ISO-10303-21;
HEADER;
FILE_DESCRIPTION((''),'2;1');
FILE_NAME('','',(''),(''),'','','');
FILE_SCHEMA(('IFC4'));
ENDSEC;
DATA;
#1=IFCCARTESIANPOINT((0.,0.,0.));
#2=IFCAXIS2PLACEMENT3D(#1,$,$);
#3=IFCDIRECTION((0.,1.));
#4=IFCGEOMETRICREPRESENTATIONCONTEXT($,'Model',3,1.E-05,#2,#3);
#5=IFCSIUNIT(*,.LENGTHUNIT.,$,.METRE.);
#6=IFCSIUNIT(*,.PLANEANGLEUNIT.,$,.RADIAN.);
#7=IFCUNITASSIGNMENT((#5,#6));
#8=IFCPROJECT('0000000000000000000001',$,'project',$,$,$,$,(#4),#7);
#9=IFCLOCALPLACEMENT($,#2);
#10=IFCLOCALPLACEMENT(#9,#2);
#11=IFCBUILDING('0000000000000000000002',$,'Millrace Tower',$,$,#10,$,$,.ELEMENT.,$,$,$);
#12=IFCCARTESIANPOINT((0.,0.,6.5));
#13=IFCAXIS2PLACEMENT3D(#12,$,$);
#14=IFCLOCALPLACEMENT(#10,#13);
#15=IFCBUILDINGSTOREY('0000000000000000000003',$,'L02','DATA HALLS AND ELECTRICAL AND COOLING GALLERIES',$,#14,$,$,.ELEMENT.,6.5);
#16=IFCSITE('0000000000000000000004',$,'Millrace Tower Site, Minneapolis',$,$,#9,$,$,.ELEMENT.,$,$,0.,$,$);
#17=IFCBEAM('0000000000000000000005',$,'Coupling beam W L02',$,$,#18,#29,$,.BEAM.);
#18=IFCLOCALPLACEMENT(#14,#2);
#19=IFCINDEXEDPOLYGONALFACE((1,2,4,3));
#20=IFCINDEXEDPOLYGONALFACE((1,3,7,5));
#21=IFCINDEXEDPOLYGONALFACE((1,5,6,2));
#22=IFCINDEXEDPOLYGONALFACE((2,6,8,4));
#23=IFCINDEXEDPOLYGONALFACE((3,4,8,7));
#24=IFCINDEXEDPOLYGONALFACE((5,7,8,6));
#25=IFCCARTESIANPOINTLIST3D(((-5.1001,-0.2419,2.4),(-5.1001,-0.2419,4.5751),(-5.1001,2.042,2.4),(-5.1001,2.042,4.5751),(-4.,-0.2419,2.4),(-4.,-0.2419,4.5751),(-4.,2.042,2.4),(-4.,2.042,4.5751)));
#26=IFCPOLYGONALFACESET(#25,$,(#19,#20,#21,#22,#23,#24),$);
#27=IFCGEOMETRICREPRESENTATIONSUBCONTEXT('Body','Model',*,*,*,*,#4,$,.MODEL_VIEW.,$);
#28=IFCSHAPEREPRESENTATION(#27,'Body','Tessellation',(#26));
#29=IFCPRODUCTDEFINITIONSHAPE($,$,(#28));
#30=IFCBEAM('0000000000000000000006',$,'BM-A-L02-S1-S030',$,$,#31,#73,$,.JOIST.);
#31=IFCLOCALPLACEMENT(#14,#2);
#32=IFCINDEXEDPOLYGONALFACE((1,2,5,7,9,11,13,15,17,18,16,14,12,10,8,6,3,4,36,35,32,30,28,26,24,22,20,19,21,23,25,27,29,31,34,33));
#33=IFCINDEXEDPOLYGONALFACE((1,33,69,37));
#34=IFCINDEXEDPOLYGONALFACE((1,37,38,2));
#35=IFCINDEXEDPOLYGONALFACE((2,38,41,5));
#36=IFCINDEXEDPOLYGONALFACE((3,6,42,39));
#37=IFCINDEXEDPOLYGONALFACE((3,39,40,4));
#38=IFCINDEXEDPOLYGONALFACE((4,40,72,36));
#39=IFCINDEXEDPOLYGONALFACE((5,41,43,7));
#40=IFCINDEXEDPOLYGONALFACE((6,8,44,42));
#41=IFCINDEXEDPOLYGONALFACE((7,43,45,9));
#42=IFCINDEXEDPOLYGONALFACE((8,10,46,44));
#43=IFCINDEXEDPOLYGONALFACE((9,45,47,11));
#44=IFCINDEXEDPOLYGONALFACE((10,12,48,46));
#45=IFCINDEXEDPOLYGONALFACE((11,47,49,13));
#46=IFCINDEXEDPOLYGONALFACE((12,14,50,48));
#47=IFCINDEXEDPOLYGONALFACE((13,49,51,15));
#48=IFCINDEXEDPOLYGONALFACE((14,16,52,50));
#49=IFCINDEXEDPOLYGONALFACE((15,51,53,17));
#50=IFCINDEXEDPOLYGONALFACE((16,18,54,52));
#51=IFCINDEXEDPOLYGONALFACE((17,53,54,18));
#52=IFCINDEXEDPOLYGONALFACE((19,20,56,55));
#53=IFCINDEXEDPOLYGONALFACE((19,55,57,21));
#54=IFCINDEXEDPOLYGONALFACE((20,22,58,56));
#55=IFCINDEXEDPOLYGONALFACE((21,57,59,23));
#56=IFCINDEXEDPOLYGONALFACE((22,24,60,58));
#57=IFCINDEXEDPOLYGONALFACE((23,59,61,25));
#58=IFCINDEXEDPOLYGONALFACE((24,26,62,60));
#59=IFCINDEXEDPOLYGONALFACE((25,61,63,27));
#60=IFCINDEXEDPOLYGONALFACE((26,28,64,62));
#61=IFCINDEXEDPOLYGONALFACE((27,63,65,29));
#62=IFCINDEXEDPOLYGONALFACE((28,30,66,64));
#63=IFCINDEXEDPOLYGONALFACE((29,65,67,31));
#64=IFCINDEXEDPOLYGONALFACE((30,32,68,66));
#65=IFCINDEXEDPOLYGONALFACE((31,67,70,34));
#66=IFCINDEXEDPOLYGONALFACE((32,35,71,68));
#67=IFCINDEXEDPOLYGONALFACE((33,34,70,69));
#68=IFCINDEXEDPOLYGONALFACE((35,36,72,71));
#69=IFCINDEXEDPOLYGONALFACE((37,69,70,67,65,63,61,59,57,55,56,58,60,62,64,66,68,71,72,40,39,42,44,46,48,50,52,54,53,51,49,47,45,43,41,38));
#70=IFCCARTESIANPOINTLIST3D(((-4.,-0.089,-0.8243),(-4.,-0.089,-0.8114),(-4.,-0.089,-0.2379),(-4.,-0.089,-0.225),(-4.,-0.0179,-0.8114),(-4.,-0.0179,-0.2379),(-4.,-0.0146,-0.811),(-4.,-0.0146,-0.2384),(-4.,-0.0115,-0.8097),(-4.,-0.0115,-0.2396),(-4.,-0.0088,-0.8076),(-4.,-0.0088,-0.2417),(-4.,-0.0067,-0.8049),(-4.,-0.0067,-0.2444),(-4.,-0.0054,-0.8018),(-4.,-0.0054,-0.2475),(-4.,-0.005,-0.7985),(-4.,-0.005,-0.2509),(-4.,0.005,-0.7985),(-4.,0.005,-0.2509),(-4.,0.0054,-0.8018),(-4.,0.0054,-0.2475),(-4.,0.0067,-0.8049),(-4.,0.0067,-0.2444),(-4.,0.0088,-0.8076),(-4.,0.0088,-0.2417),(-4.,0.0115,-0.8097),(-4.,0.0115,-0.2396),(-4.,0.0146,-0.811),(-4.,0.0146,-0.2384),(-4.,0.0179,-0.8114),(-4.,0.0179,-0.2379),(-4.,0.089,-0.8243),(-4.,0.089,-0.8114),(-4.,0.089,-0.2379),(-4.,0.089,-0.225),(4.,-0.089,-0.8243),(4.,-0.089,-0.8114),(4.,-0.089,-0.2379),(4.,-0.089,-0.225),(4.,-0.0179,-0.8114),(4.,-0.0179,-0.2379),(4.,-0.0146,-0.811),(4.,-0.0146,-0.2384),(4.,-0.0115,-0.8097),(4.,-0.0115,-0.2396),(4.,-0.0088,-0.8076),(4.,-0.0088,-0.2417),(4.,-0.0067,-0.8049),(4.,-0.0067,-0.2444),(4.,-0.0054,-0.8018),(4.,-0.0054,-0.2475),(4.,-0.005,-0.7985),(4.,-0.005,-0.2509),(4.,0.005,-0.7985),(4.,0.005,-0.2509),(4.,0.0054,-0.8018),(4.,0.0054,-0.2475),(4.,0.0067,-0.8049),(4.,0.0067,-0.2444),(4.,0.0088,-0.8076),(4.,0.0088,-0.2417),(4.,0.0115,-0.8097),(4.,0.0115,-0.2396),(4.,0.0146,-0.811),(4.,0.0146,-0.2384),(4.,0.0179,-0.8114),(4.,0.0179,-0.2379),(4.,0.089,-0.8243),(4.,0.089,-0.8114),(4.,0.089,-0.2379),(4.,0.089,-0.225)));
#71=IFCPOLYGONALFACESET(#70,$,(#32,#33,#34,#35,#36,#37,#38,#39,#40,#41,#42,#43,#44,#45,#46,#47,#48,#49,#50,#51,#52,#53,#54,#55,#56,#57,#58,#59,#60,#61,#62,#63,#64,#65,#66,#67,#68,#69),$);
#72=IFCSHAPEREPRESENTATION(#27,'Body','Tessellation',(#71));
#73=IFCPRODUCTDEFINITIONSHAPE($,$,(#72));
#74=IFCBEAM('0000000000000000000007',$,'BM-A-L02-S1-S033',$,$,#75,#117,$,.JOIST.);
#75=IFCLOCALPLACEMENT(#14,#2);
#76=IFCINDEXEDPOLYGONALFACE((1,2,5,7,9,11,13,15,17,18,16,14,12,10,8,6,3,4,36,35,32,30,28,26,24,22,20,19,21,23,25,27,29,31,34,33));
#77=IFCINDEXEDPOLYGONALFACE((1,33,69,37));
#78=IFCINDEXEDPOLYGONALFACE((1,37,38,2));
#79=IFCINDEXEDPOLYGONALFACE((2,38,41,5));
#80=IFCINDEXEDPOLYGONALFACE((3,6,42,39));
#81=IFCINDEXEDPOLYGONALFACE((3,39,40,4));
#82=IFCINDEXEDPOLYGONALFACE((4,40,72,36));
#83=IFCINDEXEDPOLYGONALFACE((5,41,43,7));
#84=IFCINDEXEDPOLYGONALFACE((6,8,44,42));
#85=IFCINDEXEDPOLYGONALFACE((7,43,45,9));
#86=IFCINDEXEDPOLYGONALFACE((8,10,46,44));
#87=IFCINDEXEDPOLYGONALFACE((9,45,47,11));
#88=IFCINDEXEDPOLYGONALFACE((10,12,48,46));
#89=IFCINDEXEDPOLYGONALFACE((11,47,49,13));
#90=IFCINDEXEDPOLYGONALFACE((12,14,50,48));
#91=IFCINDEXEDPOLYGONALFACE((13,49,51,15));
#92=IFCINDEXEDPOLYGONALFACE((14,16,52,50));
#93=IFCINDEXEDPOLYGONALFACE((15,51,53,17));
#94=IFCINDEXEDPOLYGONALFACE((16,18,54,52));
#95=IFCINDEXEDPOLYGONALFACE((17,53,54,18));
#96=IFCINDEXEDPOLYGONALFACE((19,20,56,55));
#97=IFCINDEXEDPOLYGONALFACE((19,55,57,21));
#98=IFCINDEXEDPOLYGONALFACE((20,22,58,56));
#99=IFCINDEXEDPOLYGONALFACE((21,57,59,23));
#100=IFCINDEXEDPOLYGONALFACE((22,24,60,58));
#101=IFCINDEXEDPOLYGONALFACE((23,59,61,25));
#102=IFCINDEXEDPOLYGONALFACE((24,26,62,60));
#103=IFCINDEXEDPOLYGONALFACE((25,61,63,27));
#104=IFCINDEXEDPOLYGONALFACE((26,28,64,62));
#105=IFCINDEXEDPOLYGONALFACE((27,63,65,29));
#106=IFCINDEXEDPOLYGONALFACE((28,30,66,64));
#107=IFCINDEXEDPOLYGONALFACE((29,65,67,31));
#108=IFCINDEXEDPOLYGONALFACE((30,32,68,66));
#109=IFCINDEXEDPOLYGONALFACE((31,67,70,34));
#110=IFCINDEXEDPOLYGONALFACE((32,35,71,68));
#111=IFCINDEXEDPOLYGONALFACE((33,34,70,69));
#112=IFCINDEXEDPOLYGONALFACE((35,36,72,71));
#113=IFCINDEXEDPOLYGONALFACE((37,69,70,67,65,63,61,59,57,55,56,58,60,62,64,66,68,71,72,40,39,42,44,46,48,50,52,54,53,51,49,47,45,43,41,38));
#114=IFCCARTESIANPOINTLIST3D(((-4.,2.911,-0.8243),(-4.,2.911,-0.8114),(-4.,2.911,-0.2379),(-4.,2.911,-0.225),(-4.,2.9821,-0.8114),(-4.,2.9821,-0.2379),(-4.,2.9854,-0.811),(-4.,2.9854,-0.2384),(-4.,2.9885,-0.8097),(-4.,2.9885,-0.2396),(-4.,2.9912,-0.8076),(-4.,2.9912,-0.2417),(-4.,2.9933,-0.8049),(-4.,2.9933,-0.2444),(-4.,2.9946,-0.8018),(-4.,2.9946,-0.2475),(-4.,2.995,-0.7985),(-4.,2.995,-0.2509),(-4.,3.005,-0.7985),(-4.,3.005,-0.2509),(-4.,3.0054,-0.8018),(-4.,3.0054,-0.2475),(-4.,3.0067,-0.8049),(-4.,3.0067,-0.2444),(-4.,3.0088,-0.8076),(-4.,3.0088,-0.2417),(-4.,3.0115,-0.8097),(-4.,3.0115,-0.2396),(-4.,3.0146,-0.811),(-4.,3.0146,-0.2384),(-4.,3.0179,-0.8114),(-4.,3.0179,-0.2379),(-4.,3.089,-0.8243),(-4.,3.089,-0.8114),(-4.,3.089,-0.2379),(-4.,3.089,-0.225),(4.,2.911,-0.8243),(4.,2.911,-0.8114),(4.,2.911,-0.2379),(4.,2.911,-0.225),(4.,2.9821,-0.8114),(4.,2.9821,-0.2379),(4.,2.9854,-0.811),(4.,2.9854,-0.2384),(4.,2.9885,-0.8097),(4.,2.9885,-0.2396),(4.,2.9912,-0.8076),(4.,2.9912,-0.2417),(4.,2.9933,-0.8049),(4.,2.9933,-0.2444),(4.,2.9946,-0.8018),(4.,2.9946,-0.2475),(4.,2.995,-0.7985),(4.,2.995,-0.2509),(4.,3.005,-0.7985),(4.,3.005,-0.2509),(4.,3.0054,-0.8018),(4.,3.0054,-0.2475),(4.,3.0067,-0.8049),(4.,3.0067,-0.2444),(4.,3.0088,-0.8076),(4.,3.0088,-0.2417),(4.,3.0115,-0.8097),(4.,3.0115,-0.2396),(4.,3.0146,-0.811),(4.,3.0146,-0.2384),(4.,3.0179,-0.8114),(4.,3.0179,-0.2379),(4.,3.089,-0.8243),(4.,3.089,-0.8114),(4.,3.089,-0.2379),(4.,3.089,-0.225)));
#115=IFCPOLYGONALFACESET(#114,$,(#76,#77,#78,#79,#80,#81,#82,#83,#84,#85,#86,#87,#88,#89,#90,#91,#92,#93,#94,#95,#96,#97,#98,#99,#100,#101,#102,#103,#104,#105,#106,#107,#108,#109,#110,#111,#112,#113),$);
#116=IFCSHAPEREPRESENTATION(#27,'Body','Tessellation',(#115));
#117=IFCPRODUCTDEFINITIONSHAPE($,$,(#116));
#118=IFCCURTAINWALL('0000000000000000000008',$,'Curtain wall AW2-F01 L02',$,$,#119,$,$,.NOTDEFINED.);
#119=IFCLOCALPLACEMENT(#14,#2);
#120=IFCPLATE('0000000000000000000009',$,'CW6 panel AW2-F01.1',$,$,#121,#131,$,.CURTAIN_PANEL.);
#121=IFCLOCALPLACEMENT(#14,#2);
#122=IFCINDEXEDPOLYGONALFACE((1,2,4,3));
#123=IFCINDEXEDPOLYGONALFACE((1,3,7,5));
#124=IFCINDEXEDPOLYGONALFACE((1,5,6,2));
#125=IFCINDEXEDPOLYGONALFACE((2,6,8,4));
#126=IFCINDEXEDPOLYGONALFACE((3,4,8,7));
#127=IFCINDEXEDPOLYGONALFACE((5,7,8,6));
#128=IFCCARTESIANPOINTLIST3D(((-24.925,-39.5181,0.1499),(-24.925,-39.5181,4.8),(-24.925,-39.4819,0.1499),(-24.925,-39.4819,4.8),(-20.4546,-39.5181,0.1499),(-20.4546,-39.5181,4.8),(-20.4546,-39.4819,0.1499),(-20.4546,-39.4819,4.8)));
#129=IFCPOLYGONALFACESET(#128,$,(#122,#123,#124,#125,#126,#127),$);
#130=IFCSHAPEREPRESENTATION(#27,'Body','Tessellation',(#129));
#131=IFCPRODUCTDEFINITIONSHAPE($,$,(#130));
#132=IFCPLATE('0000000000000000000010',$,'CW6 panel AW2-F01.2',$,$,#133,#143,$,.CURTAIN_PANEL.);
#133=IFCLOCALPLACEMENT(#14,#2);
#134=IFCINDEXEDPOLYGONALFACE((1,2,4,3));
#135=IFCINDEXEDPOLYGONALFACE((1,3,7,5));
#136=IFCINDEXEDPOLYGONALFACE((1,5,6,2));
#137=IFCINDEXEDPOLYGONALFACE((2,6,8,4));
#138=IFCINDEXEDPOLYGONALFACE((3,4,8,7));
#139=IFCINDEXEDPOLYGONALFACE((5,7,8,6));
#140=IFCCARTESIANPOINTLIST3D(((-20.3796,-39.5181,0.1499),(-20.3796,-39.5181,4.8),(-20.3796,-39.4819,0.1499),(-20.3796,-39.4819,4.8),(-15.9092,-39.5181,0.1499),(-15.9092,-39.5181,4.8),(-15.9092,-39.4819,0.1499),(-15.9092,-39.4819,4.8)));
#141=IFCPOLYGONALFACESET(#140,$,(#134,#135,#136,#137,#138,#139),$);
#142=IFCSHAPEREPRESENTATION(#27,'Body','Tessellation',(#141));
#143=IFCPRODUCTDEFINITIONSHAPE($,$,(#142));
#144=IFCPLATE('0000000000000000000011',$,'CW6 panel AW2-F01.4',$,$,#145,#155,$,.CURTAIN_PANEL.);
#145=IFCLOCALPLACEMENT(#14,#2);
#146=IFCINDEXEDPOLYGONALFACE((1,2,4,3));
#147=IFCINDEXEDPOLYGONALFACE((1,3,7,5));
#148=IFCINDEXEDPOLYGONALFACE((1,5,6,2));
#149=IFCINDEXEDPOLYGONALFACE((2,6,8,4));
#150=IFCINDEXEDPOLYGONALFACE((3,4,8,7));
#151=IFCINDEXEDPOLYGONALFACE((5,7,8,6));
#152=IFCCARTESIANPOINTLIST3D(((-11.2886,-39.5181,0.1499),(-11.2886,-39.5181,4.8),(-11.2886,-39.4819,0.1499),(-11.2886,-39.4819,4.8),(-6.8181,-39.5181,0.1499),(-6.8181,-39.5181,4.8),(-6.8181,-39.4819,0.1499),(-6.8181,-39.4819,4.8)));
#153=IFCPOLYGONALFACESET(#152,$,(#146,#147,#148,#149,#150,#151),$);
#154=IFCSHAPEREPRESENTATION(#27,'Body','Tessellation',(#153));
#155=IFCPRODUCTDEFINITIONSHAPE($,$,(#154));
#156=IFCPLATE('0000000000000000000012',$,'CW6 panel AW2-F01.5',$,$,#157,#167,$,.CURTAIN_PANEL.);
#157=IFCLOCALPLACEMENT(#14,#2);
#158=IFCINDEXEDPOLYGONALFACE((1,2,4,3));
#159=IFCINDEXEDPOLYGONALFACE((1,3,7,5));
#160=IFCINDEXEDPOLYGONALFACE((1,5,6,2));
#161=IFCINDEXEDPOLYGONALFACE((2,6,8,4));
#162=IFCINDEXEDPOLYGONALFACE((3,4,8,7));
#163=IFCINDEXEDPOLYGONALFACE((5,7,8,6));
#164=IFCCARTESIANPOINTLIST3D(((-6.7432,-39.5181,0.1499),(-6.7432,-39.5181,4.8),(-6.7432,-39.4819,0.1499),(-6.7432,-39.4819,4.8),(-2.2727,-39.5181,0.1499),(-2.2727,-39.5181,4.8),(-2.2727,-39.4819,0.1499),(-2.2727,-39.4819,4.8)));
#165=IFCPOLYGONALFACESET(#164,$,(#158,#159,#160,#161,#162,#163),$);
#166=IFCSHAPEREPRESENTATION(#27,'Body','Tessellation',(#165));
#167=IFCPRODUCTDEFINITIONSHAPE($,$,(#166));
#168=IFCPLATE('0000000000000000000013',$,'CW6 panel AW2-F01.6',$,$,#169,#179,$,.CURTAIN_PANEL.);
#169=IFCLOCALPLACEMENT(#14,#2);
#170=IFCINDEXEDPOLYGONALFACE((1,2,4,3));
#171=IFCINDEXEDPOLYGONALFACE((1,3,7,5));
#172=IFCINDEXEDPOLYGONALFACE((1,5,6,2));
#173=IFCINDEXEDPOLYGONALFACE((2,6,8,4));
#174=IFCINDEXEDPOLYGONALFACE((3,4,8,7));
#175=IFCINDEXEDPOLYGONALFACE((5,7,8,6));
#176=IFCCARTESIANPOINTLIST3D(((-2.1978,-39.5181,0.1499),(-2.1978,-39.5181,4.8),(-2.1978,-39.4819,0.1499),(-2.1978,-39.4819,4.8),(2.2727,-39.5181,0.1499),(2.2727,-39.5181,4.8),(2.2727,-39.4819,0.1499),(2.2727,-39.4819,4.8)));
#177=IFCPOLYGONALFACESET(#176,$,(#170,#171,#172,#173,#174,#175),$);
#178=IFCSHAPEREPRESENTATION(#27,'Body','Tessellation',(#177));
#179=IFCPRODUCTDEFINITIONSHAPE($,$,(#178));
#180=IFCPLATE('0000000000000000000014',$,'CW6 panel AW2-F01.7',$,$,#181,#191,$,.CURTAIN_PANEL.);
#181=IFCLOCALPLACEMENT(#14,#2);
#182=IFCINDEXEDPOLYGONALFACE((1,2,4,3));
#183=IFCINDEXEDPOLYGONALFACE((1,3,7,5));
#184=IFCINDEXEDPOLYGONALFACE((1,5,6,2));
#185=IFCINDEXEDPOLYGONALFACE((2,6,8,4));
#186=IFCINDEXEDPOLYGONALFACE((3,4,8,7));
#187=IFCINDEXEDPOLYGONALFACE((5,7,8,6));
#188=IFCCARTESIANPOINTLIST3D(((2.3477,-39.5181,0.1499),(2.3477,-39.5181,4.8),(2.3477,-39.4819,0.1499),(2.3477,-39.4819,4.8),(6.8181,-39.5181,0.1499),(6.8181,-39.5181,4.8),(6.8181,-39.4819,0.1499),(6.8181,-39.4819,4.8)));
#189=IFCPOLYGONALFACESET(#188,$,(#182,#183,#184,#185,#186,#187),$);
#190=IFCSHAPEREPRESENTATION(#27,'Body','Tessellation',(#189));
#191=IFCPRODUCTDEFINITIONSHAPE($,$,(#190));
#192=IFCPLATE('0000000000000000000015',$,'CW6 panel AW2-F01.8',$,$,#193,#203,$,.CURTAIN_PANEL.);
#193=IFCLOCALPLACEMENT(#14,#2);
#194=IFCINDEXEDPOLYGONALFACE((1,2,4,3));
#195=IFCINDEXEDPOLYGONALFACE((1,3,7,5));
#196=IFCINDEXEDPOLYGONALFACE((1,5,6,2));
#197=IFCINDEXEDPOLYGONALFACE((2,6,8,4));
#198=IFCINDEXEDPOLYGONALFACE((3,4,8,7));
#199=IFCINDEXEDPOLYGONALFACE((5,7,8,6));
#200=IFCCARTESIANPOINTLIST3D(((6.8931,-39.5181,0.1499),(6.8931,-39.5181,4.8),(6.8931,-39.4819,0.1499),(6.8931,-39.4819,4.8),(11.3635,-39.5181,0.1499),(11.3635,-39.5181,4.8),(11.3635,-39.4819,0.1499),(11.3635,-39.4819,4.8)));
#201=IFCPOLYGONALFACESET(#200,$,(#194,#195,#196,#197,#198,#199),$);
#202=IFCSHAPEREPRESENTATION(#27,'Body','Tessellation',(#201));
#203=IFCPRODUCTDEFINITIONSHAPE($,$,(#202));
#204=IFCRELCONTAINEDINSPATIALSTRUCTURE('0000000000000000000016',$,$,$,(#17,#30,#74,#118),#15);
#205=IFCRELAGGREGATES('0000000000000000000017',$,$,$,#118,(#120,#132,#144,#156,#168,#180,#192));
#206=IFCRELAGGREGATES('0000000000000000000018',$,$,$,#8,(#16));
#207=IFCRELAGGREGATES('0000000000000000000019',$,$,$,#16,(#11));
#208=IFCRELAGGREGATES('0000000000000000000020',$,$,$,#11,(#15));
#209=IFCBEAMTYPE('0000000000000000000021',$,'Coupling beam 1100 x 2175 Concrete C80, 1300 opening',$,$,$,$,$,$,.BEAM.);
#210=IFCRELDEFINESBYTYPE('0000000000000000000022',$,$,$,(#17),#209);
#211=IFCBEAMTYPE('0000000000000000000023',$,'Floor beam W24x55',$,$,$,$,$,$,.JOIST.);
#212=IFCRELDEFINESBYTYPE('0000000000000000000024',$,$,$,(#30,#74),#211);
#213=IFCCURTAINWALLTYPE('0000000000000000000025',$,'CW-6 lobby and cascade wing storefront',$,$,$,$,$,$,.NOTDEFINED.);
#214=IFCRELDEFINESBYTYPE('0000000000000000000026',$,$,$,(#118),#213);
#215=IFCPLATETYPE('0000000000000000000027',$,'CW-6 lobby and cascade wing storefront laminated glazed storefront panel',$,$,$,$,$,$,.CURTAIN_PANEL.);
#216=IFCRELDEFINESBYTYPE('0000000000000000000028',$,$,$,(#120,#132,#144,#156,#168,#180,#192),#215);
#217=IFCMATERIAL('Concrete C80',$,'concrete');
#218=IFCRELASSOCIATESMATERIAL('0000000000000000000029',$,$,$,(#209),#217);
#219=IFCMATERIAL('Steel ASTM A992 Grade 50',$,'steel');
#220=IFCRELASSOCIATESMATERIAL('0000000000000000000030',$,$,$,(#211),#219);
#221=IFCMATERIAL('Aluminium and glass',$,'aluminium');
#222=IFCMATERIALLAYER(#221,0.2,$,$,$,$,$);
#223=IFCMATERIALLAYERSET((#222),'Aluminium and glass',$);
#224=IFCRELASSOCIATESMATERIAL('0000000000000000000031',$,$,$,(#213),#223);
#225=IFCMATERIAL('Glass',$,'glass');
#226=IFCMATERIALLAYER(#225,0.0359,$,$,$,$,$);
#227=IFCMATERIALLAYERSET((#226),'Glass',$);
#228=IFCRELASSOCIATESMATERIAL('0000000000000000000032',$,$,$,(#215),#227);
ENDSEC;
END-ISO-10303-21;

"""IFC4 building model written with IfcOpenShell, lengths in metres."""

from ifc_helpers import new_model, si_unit, direction, frame, origin, origin_2d, place, context, subcontext, project, spatial, polyline, rectangle, i_section, outline, extrude, material, layer, layer_set, material_profile, profile_set, type_object, element, aggregate, save


model = new_model("IFC4")

# Units and contexts
model_context = context("Model", 3, precision=1e-05, world=origin(), true_north=direction((0.0, 1.0)))
body_context = subcontext(model_context, "Body", "Model", "MODEL_VIEW")
ifc_project = project(units=[si_unit("LENGTHUNIT", "METRE"), si_unit("PLANEANGLEUNIT", "RADIAN")], contexts=[model_context])

# Site, building, storey
site_placement = place(None, origin())
site = spatial("IfcSite", under=ifc_project, at=site_placement, Name="Millrace Tower Site, Minneapolis", CompositionType="ELEMENT", RefElevation=0.0)
building_placement = place(site_placement, origin())
building = spatial("IfcBuilding", under=site, at=building_placement, Name="Millrace Tower", CompositionType="ELEMENT")
storey_placement = place(building_placement, frame((0.0, 0.0, 6.5)))
storey = spatial("IfcBuildingStorey", under=building, at=storey_placement, Name="L02", Description="DATA HALLS AND ELECTRICAL AND COOLING GALLERIES", CompositionType="ELEMENT", Elevation=6.5)

# Beams
ifc_material_1 = material(Name="Concrete C80", Category="concrete")
ifc_material_profile_1 = material_profile(ifc_material_1, rectangle(XDim=1.1001, YDim=2.175, at=origin_2d()))
ifc_profile_set_1 = profile_set([ifc_material_profile_1], Name="Concrete C80")
beam_type_1 = type_object("IfcBeamType", Name="Coupling beam 1100 x 2175 Concrete C80, 1300 opening", PredefinedType="BEAM", material=ifc_profile_set_1)
beam_placement = place(storey_placement, frame((-4.55, -0.2419, 3.4875), z_axis=(0.0, 1.0, 0.0), x_axis=(-1.0, 0.0, 0.0)))
element("IfcBeam", 1, at=beam_placement, inside=storey, type_object=beam_type_1, Name="Coupling beam W L02", PredefinedType="BEAM", context=body_context, shape_type="SweptSolid", body=[
    extrude(rectangle(XDim=1.1001, YDim=2.175, at=origin_2d()), origin(), (0.0, 0.0, 1.0), 2.2839),
])
ifc_material_2 = material(Name="Steel ASTM A992 Grade 50", Category="steel")
ifc_material_profile_2 = material_profile(ifc_material_2, i_section(OverallWidth=0.178, OverallDepth=0.5994, WebThickness=0.01, FlangeThickness=0.0129, FilletRadius=0.0129, at=origin_2d()))
ifc_profile_set_2 = profile_set([ifc_material_profile_2], Name="Steel ASTM A992 Grade 50")
beam_type_2 = type_object("IfcBeamType", Name="Floor beam W24x55", PredefinedType="JOIST", material=ifc_profile_set_2)
for number, where, z_axis, x_axis, name in (
    (2, (-4.0, 0.0, -0.5247), (1.0, 0.0, 0.0), (0.0, 1.0, 0.0), "BM-A-L02-S1-S030"),
    (3, (-4.0, 3.0, -0.5247), (1.0, 0.0, 0.0), (0.0, 1.0, 0.0), "BM-A-L02-S1-S033"),
):
    element("IfcBeam", number, at=place(storey_placement, frame(where, z_axis=z_axis, x_axis=x_axis)), inside=storey, type_object=beam_type_2, Name=name, PredefinedType="JOIST", context=body_context, shape_type="SweptSolid", body=[
        extrude(i_section(OverallWidth=0.178, OverallDepth=0.5994, WebThickness=0.01, FlangeThickness=0.0129, FilletRadius=0.0129, at=origin_2d()), origin(), (0.0, 0.0, 1.0), 8.0),
    ])

# Curtain wall, plates
ifc_material_3 = material(Name="Aluminium and glass", Category="aluminium")
ifc_layer_1 = layer(ifc_material_3, 0.2)
ifc_layer_set_1 = layer_set([ifc_layer_1], Name="Aluminium and glass")
curtain_wall_type = type_object("IfcCurtainWallType", Name="CW-6 lobby and cascade wing storefront", PredefinedType="NOTDEFINED", material=ifc_layer_set_1)
curtain_wall_placement = place(storey_placement, origin())
curtain_wall = element("IfcCurtainWall", 4, at=curtain_wall_placement, inside=storey, type_object=curtain_wall_type, Name="Curtain wall AW2-F01 L02", PredefinedType="NOTDEFINED")
ifc_material_4 = material(Name="Glass", Category="glass")
ifc_layer_2 = layer(ifc_material_4, 0.0359)
ifc_layer_set_2 = layer_set([ifc_layer_2], Name="Glass")
plate_type = type_object("IfcPlateType", Name="CW-6 lobby and cascade wing storefront laminated glazed storefront panel", PredefinedType="CURTAIN_PANEL", material=ifc_layer_set_2)
placement = place(storey_placement, frame((0.0, 0.0, 0.1499)))
plate_1 = element("IfcPlate", 5, at=placement, type_object=plate_type, Name="CW6 panel AW2-F01.1", PredefinedType="CURTAIN_PANEL", context=body_context, shape_type="SweptSolid", body=[
    extrude(outline(polyline([(-24.925, -39.5181), (-20.4546, -39.5181), (-20.4546, -39.4819), (-24.925, -39.4819), (-24.925, -39.5181)])), origin(), (0.0, 0.0, 1.0), 4.6501),
])
plate_2 = element("IfcPlate", 6, at=placement, type_object=plate_type, Name="CW6 panel AW2-F01.2", PredefinedType="CURTAIN_PANEL", context=body_context, shape_type="SweptSolid", body=[
    extrude(outline(polyline([(-20.3796, -39.5181), (-15.9092, -39.5181), (-15.9092, -39.4819), (-20.3796, -39.4819), (-20.3796, -39.5181)])), origin(), (0.0, 0.0, 1.0), 4.6501),
])
plate_3 = element("IfcPlate", 7, at=placement, type_object=plate_type, Name="CW6 panel AW2-F01.4", PredefinedType="CURTAIN_PANEL", context=body_context, shape_type="SweptSolid", body=[
    extrude(outline(polyline([(-11.2886, -39.5181), (-6.8181, -39.5181), (-6.8181, -39.4819), (-11.2886, -39.4819), (-11.2886, -39.5181)])), origin(), (0.0, 0.0, 1.0), 4.6501),
])
plate_4 = element("IfcPlate", 8, at=placement, type_object=plate_type, Name="CW6 panel AW2-F01.5", PredefinedType="CURTAIN_PANEL", context=body_context, shape_type="SweptSolid", body=[
    extrude(outline(polyline([(-6.7432, -39.5181), (-2.2727, -39.5181), (-2.2727, -39.4819), (-6.7432, -39.4819), (-6.7432, -39.5181)])), origin(), (0.0, 0.0, 1.0), 4.6501),
])
plate_5 = element("IfcPlate", 9, at=placement, type_object=plate_type, Name="CW6 panel AW2-F01.6", PredefinedType="CURTAIN_PANEL", context=body_context, shape_type="SweptSolid", body=[
    extrude(outline(polyline([(-2.1978, -39.5181), (2.2727, -39.5181), (2.2727, -39.4819), (-2.1978, -39.4819), (-2.1978, -39.5181)])), origin(), (0.0, 0.0, 1.0), 4.6501),
])
plate_6 = element("IfcPlate", 10, at=placement, type_object=plate_type, Name="CW6 panel AW2-F01.7", PredefinedType="CURTAIN_PANEL", context=body_context, shape_type="SweptSolid", body=[
    extrude(outline(polyline([(2.3477, -39.5181), (6.8181, -39.5181), (6.8181, -39.4819), (2.3477, -39.4819), (2.3477, -39.5181)])), origin(), (0.0, 0.0, 1.0), 4.6501),
])
plate_7 = element("IfcPlate", 11, at=placement, type_object=plate_type, Name="CW6 panel AW2-F01.8", PredefinedType="CURTAIN_PANEL", context=body_context, shape_type="SweptSolid", body=[
    extrude(outline(polyline([(6.8931, -39.5181), (11.3635, -39.5181), (11.3635, -39.4819), (6.8931, -39.4819), (6.8931, -39.5181)])), origin(), (0.0, 0.0, 1.0), 4.6501),
])
aggregate(curtain_wall, [plate_1, plate_2, plate_3, plate_4, plate_5, plate_6, plate_7])

save(model, "model.ifc")
